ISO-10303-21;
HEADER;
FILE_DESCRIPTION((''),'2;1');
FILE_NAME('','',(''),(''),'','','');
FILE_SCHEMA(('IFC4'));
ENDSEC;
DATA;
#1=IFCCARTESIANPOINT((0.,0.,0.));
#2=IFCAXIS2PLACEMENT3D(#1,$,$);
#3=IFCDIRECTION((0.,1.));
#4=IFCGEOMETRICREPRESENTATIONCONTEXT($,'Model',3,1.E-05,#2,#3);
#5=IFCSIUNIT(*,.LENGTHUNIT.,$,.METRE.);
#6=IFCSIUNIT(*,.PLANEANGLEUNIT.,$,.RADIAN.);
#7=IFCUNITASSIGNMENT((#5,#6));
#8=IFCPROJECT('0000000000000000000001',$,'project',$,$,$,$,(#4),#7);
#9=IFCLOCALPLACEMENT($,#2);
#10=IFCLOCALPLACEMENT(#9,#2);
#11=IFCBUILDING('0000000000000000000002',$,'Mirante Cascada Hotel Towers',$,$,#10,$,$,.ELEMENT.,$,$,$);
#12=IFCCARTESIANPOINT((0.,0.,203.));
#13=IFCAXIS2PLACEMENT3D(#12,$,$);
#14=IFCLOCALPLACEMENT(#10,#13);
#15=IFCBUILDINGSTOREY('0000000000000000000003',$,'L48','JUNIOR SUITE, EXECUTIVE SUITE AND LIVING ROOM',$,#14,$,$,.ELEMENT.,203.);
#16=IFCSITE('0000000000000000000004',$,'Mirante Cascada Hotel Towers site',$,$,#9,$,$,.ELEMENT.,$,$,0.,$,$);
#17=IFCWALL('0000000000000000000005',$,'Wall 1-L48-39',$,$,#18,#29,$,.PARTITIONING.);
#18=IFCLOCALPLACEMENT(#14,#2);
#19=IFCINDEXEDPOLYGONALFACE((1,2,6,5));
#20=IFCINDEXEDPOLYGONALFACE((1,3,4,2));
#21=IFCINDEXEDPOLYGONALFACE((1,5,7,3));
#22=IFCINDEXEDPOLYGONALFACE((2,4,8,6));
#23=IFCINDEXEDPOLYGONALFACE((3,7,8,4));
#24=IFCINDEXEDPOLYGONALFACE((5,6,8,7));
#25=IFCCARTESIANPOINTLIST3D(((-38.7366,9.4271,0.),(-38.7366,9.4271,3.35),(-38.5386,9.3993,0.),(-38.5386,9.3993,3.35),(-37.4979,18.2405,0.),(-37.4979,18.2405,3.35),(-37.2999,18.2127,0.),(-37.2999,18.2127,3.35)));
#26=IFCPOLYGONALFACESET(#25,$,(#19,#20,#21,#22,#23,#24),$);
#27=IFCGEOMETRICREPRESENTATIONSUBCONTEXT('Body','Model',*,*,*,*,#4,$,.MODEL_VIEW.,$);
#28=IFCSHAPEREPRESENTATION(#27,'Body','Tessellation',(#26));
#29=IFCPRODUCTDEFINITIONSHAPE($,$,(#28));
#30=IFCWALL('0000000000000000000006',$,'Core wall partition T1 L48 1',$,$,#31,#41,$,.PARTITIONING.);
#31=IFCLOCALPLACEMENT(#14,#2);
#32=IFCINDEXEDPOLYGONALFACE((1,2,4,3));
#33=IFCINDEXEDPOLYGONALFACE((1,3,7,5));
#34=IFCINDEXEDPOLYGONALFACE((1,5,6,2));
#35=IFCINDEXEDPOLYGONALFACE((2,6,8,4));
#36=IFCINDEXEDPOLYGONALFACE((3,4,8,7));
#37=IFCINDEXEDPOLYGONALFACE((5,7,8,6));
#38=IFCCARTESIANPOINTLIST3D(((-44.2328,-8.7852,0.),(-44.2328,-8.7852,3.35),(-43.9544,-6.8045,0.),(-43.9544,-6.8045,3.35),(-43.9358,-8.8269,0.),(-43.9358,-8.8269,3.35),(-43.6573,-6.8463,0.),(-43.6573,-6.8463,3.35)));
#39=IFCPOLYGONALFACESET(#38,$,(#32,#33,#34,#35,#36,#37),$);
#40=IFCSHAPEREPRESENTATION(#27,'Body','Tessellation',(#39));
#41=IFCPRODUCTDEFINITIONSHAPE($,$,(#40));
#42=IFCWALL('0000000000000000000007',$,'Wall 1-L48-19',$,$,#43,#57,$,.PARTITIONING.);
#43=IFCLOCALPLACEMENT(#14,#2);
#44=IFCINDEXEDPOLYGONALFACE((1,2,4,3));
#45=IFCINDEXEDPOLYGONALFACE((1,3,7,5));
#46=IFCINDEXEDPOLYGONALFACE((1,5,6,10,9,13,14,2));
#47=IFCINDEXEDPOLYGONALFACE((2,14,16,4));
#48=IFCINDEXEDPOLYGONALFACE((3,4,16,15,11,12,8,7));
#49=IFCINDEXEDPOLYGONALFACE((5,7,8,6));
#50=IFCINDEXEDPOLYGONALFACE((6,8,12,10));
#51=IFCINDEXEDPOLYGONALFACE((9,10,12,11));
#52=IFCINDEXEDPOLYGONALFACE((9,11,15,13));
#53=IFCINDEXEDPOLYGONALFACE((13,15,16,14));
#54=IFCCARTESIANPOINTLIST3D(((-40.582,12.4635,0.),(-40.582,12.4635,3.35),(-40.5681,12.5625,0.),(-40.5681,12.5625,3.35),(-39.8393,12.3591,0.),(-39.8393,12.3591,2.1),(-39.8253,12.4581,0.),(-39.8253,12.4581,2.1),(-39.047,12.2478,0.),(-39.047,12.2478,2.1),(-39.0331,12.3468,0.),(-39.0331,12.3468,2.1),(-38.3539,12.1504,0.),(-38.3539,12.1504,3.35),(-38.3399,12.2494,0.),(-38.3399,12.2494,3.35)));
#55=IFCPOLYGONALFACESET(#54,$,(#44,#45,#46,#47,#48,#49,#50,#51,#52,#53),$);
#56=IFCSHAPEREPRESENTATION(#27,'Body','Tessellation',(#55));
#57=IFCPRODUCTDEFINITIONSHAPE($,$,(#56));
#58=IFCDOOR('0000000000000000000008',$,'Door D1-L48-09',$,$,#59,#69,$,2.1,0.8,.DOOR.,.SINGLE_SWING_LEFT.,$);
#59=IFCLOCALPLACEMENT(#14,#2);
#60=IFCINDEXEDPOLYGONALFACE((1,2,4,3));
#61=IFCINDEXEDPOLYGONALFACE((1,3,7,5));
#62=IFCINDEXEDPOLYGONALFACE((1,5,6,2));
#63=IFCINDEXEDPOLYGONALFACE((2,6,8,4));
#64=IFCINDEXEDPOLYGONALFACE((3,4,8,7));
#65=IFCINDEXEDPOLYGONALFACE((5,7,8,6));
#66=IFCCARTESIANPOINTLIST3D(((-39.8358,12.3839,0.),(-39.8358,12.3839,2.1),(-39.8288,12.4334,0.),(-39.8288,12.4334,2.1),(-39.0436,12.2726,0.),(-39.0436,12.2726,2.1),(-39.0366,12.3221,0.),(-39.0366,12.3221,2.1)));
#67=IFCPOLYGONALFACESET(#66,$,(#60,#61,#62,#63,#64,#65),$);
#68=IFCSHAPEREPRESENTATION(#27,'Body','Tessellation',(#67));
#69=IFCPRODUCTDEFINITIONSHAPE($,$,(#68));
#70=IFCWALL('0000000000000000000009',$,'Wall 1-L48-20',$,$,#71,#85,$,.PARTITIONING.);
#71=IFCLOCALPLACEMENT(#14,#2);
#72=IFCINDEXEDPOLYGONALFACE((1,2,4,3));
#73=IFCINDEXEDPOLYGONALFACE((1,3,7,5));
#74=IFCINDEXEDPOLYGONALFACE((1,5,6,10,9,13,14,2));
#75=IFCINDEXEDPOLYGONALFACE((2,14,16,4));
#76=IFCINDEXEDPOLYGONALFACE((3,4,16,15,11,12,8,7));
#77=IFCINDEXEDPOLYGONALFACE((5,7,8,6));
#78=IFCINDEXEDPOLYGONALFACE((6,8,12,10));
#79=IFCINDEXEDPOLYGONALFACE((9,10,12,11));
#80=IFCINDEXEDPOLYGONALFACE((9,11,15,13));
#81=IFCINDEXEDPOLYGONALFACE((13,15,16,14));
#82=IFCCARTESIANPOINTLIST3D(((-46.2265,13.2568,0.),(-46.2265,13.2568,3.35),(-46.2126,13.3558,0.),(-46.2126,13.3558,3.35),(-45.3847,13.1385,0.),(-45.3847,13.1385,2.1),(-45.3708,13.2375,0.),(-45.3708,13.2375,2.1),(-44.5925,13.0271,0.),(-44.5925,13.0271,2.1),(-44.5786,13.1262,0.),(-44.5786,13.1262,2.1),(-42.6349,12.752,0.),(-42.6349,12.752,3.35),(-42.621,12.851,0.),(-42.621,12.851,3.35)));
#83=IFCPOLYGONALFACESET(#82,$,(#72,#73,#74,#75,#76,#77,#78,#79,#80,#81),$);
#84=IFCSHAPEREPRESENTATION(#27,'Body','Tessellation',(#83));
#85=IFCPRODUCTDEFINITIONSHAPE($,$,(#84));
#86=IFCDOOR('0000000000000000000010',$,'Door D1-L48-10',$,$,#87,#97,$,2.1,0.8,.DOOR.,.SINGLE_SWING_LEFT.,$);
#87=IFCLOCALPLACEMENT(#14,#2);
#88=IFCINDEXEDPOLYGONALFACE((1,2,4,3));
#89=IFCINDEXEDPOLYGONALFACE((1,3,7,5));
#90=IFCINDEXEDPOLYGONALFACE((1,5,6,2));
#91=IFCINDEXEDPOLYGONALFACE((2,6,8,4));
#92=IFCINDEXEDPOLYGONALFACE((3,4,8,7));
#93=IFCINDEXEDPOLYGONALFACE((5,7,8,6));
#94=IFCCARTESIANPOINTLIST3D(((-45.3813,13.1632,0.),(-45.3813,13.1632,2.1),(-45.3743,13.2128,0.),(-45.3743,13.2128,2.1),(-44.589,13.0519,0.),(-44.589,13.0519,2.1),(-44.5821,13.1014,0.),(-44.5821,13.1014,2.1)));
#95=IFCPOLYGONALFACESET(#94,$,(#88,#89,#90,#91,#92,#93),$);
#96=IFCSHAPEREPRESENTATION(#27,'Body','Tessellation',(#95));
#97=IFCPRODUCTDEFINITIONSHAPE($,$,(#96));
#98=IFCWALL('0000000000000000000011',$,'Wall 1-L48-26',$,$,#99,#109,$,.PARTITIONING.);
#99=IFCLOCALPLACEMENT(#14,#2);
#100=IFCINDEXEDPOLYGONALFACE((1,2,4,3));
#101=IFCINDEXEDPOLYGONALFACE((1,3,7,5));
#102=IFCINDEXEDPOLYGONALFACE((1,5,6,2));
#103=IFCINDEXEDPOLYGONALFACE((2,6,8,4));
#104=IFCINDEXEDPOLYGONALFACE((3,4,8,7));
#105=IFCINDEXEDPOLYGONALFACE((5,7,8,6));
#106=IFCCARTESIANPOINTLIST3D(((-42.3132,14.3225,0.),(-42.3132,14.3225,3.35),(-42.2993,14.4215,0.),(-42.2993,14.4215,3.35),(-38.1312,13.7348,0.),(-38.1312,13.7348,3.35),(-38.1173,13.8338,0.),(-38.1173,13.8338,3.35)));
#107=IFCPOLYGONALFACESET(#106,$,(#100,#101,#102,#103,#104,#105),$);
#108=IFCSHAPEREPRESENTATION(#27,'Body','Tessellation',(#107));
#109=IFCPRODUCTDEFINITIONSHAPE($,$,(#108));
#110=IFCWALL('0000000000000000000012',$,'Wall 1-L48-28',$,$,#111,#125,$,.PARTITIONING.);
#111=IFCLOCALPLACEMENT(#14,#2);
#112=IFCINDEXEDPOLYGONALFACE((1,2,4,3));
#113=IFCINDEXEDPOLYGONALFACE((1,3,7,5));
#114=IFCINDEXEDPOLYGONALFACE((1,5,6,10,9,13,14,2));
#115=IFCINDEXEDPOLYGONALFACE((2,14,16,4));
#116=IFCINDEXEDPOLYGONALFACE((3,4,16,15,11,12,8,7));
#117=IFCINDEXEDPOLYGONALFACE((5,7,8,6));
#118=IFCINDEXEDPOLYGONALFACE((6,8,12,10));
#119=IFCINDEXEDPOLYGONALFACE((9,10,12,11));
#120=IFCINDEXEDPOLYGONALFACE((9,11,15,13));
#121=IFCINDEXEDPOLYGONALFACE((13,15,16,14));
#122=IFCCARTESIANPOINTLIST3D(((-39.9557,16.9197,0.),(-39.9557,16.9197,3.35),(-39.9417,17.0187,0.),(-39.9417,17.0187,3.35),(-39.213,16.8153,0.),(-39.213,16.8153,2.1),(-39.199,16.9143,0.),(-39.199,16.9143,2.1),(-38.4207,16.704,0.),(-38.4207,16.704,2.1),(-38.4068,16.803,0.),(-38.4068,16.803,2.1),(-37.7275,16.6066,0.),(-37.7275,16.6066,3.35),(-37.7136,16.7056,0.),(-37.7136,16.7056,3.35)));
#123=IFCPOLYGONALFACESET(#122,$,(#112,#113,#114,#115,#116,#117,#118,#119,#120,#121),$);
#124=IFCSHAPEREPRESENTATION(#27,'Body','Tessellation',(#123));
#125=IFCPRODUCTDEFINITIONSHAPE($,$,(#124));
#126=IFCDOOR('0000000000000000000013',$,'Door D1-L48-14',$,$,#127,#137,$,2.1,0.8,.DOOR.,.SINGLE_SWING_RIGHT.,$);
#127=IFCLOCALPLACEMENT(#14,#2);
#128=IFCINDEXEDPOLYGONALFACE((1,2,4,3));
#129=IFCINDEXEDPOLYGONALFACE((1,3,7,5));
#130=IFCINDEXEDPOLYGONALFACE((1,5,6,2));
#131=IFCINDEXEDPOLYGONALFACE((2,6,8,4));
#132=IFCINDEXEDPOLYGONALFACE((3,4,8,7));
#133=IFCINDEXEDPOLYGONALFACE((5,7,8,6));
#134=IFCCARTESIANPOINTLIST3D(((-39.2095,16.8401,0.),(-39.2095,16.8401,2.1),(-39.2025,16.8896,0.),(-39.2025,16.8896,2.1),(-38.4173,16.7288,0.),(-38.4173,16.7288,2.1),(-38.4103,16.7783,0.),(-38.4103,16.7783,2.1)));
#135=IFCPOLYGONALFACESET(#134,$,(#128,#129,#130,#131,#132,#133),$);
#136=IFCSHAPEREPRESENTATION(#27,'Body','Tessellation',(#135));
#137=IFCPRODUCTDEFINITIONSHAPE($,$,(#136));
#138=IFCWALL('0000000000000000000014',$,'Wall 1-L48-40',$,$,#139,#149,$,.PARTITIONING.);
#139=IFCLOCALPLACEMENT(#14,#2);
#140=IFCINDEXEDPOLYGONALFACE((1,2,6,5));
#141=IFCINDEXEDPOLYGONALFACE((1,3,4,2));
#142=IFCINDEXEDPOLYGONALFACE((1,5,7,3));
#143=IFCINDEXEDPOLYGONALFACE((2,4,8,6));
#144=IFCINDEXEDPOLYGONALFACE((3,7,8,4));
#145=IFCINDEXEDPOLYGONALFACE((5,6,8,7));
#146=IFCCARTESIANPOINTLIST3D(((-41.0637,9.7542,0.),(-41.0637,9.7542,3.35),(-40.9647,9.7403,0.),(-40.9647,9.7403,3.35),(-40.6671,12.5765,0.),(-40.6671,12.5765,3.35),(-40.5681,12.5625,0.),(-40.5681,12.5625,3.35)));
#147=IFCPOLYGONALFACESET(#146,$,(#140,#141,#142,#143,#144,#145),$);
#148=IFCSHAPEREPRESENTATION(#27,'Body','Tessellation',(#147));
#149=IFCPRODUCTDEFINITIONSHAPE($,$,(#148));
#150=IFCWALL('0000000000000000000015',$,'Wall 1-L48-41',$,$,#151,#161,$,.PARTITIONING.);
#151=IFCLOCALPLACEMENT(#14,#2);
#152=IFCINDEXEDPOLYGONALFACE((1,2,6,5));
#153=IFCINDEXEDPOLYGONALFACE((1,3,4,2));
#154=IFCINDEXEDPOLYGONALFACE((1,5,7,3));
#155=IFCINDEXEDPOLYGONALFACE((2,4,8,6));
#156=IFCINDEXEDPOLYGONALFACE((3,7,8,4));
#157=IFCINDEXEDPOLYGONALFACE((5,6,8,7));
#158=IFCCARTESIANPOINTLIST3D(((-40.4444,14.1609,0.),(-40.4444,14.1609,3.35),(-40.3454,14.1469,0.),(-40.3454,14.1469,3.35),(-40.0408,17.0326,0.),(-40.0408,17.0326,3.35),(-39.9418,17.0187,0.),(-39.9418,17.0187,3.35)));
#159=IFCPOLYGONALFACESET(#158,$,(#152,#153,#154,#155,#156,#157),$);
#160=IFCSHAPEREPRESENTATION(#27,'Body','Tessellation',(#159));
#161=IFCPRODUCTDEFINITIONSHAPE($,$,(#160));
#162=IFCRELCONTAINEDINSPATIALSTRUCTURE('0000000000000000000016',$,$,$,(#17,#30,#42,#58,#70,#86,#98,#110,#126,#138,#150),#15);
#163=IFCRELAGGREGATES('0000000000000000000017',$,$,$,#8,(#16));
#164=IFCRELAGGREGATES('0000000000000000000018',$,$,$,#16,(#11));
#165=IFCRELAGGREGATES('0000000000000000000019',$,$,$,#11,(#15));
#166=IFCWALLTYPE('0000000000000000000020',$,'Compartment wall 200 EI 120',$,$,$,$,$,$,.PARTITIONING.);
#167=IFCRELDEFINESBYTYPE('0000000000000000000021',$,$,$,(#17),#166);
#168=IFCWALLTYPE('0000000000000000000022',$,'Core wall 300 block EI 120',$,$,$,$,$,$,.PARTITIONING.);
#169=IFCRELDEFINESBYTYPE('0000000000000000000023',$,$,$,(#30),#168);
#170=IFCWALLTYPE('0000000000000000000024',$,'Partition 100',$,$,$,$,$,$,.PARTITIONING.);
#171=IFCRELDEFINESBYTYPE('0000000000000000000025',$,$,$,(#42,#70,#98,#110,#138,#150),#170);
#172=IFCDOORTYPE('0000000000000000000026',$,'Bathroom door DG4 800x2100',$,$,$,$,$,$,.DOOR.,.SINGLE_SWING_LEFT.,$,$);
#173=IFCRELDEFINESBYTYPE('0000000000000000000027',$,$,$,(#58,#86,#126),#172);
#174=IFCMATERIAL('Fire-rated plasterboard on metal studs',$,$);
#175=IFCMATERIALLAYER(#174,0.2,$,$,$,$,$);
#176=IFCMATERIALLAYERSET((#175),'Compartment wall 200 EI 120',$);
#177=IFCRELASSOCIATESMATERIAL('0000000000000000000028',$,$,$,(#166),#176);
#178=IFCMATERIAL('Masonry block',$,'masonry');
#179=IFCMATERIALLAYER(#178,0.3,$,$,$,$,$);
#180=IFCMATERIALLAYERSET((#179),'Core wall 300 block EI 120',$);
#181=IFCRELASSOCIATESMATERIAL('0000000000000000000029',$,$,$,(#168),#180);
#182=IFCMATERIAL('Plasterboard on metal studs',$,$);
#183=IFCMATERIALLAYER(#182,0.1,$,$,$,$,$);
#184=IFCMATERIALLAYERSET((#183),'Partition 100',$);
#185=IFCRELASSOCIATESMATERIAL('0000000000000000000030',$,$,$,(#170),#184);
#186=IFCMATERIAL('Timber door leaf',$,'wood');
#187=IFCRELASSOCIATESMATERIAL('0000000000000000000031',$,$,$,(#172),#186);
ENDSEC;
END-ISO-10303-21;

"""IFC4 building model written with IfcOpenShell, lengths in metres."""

from ifc_helpers import new_model, si_unit, direction, frame, frame_2d, origin, place, context, subcontext, project, spatial, rectangle, extrude, material, layer, layer_set, type_object, element, fill, save


model = new_model("IFC4")

# Units and contexts
model_context = context("Model", 3, precision=1e-05, world=origin(), true_north=direction((0.0, 1.0)))
body_context = subcontext(model_context, "Body", "Model", "MODEL_VIEW")
ifc_project = project(units=[si_unit("LENGTHUNIT", "METRE"), si_unit("PLANEANGLEUNIT", "RADIAN")], contexts=[model_context])

# Site, building, storey
site_placement = place(None, origin())
site = spatial("IfcSite", under=ifc_project, at=site_placement, Name="Mirante Cascada Hotel Towers site", CompositionType="ELEMENT", RefElevation=0.0)
building_placement = place(site_placement, origin())
building = spatial("IfcBuilding", under=site, at=building_placement, Name="Mirante Cascada Hotel Towers", CompositionType="ELEMENT")
storey_placement = place(building_placement, frame((0.0, 0.0, 203.0)))
storey = spatial("IfcBuildingStorey", under=building, at=storey_placement, Name="L48", Description="JUNIOR SUITE, EXECUTIVE SUITE AND LIVING ROOM", CompositionType="ELEMENT", Elevation=203.0)

# Walls
ifc_material_1 = material(Name="Fire-rated plasterboard on metal studs")
ifc_layer_1 = layer(ifc_material_1, 0.2)
ifc_layer_set_1 = layer_set([ifc_layer_1], Name="Compartment wall 200 EI 120")
wall_type_1 = type_object("IfcWallType", Name="Compartment wall 200 EI 120", PredefinedType="PARTITIONING", material=ifc_layer_set_1)
wall_1_placement = place(storey_placement, frame((-38.6376, 9.4132, 0.0), z_axis=(0.0, 0.0, 1.0), x_axis=(0.139179, 0.990267, 0.0)))
element("IfcWall", 1, at=wall_1_placement, inside=storey, type_object=wall_type_1, Name="Wall 1-L48-39", PredefinedType="PARTITIONING", context=body_context, shape_type="SweptSolid", body=[
    extrude(rectangle(XDim=8.9, YDim=0.2, at=frame_2d((4.45, 0.0))), origin(), (0.0, 0.0, 1.0), 3.35),
])
ifc_material_2 = material(Name="Masonry block", Category="masonry")
ifc_layer_2 = layer(ifc_material_2, 0.3)
ifc_layer_set_2 = layer_set([ifc_layer_2], Name="Core wall 300 block EI 120")
wall_type_2 = type_object("IfcWallType", Name="Core wall 300 block EI 120", PredefinedType="PARTITIONING", material=ifc_layer_set_2)
wall_2_placement = place(storey_placement, frame((-44.0843, -8.8061, 0.0), z_axis=(0.0, 0.0, 1.0), x_axis=(0.139195, 0.990265, 0.0)))
element("IfcWall", 2, at=wall_2_placement, inside=storey, type_object=wall_type_2, Name="Core wall partition T1 L48 1", PredefinedType="PARTITIONING", context=body_context, shape_type="SweptSolid", body=[
    extrude(rectangle(XDim=2.0001, YDim=0.3, at=frame_2d((1.0001, 0.0))), origin(), (0.0, 0.0, 1.0), 3.35),
])

# Walls, openings, doors
ifc_material_3 = material(Name="Plasterboard on metal studs")
ifc_layer_3 = layer(ifc_material_3, 0.1)
ifc_layer_set_3 = layer_set([ifc_layer_3], Name="Partition 100")
wall_type_3 = type_object("IfcWallType", Name="Partition 100", PredefinedType="PARTITIONING", material=ifc_layer_set_3)
wall_3_placement = place(storey_placement, frame((-38.3469, 12.1999, 0.0), z_axis=(0.0, 0.0, 1.0), x_axis=(-0.990271, 0.139156, 0.0)))
wall_3 = element("IfcWall", 3, at=wall_3_placement, inside=storey, type_object=wall_type_3, Name="Wall 1-L48-19", PredefinedType="PARTITIONING", context=body_context, shape_type="SweptSolid", body=[
    extrude(rectangle(XDim=2.25, YDim=0.1, at=frame_2d((1.125, 0.0))), origin(), (0.0, 0.0, 1.0), 3.35),
])
opening_1_placement = place(wall_3_placement, frame((0.7, 0.0, 0.0)))
opening_1 = element("IfcOpeningElement", 4, at=opening_1_placement, cuts=wall_3, PredefinedType="OPENING", context=body_context, shape_type="SweptSolid", body=[
    extrude(rectangle(XDim=0.8, YDim=2.1, at=frame_2d((0.4, 1.05))), frame((0.0, 0.05, 0.0), z_axis=(0.0, -1.0, 0.0), x_axis=(1.0, 0.0, 0.0)), (0.0, 0.0, 1.0), 0.1),
])
ifc_material_4 = material(Name="Timber door leaf", Category="wood")
door_type_1 = type_object("IfcDoorType", Name="Bathroom door DG4 800x2100", OperationType="SINGLE_SWING_LEFT", PredefinedType="DOOR", material=ifc_material_4)
door_1_placement = place(opening_1_placement, origin())
door_1 = element("IfcDoor", 5, at=door_1_placement, inside=storey, type_object=door_type_1, Name="Door D1-L48-09", OperationType="SINGLE_SWING_LEFT", OverallHeight=2.1, OverallWidth=0.8, PredefinedType="DOOR", context=body_context, shape_type="SweptSolid", body=[
    extrude(rectangle(XDim=0.8, YDim=2.1, at=frame_2d((0.4, 1.05))), frame((0.0, 0.025, 0.0), z_axis=(0.0, -1.0, 0.0), x_axis=(1.0, 0.0, 0.0)), (0.0, 0.0, 1.0), 0.05),
])
fill(opening_1, door_1)
wall_4_placement = place(storey_placement, frame((-46.2195, 13.3063, 0.0), z_axis=(0.0, 0.0, 1.0), x_axis=(0.990267, -0.139182, 0.0)))
wall_4 = element("IfcWall", 6, at=wall_4_placement, inside=storey, type_object=wall_type_3, Name="Wall 1-L48-20", PredefinedType="PARTITIONING", context=body_context, shape_type="SweptSolid", body=[
    extrude(rectangle(XDim=3.6269, YDim=0.1, at=frame_2d((1.8134, 0.0))), origin(), (0.0, 0.0, 1.0), 3.35),
])
opening_2_placement = place(wall_4_placement, frame((0.85, 0.0, 0.0)))
opening_2 = element("IfcOpeningElement", 7, at=opening_2_placement, cuts=wall_4, PredefinedType="OPENING", context=body_context, shape_type="SweptSolid", body=[
    extrude(rectangle(XDim=0.8, YDim=2.1, at=frame_2d((0.4, 1.05))), frame((0.0, 0.05, 0.0), z_axis=(0.0, -1.0, 0.0), x_axis=(1.0, 0.0, 0.0)), (0.0, 0.0, 1.0), 0.1),
])
door_2_placement = place(opening_2_placement, origin())
door_2 = element("IfcDoor", 8, at=door_2_placement, inside=storey, type_object=door_type_1, Name="Door D1-L48-10", OperationType="SINGLE_SWING_LEFT", OverallHeight=2.1, OverallWidth=0.8, PredefinedType="DOOR", context=body_context, shape_type="SweptSolid", body=[
    extrude(rectangle(XDim=0.8, YDim=2.1, at=frame_2d((0.4, 1.05))), frame((0.0, 0.025, 0.0), z_axis=(0.0, -1.0, 0.0), x_axis=(1.0, 0.0, 0.0)), (0.0, 0.0, 1.0), 0.05),
])
fill(opening_2, door_2)

# Wall
wall_5_placement = place(storey_placement, frame((-42.3062, 14.372, 0.0), z_axis=(0.0, 0.0, 1.0), x_axis=(0.990269, -0.139163, 0.0)))
element("IfcWall", 9, at=wall_5_placement, inside=storey, type_object=wall_type_3, Name="Wall 1-L48-26", PredefinedType="PARTITIONING", context=body_context, shape_type="SweptSolid", body=[
    extrude(rectangle(XDim=4.2231, YDim=0.1, at=frame_2d((2.1115, 0.0))), origin(), (0.0, 0.0, 1.0), 3.35),
])

# Wall, opening, door
wall_6_placement = place(storey_placement, frame((-39.9487, 16.9692, 0.0), z_axis=(0.0, 0.0, 1.0), x_axis=(0.990271, -0.139156, 0.0)))
wall_6 = element("IfcWall", 10, at=wall_6_placement, inside=storey, type_object=wall_type_3, Name="Wall 1-L48-28", PredefinedType="PARTITIONING", context=body_context, shape_type="SweptSolid", body=[
    extrude(rectangle(XDim=2.25, YDim=0.1, at=frame_2d((1.125, 0.0))), origin(), (0.0, 0.0, 1.0), 3.35),
])
opening_3_placement = place(wall_6_placement, frame((0.75, 0.0, 0.0)))
opening_3 = element("IfcOpeningElement", 11, at=opening_3_placement, cuts=wall_6, PredefinedType="OPENING", context=body_context, shape_type="SweptSolid", body=[
    extrude(rectangle(XDim=0.8, YDim=2.1, at=frame_2d((0.4, 1.05))), frame((0.0, 0.05, 0.0), z_axis=(0.0, -1.0, 0.0), x_axis=(1.0, 0.0, 0.0)), (0.0, 0.0, 1.0), 0.1),
])
door_3_placement = place(opening_3_placement, frame((0.8, 0.0, 0.0), z_axis=(0.0, 0.0, 1.0), x_axis=(-1.0, 0.0, 0.0)))
door_3 = element("IfcDoor", 12, at=door_3_placement, inside=storey, type_object=door_type_1, Name="Door D1-L48-14", OperationType="SINGLE_SWING_RIGHT", OverallHeight=2.1, OverallWidth=0.8, PredefinedType="DOOR", context=body_context, shape_type="SweptSolid", body=[
    extrude(rectangle(XDim=0.8, YDim=2.1, at=frame_2d((0.4, 1.05))), frame((0.0, 0.025, 0.0), z_axis=(0.0, -1.0, 0.0), x_axis=(1.0, 0.0, 0.0)), (0.0, 0.0, 1.0), 0.05),
])
fill(opening_3, door_3)

# Walls
wall_7_placement = place(storey_placement, frame((-40.6176, 12.5695, 0.0), z_axis=(0.0, 0.0, 1.0), x_axis=(-0.139156, -0.99027, 0.0)))
element("IfcWall", 13, at=wall_7_placement, inside=storey, type_object=wall_type_3, Name="Wall 1-L48-40", PredefinedType="PARTITIONING", context=body_context, shape_type="SweptSolid", body=[
    extrude(rectangle(XDim=2.85, YDim=0.1, at=frame_2d((1.425, 0.0))), origin(), (0.0, 0.0, 1.0), 3.35),
])
wall_8_placement = place(storey_placement, frame((-40.3949, 14.1539, 0.0), z_axis=(0.0, 0.0, 1.0), x_axis=(0.139171, 0.990268, 0.0)))
element("IfcWall", 14, at=wall_8_placement, inside=storey, type_object=wall_type_3, Name="Wall 1-L48-41", PredefinedType="PARTITIONING", context=body_context, shape_type="SweptSolid", body=[
    extrude(rectangle(XDim=2.9, YDim=0.1, at=frame_2d((1.45, 0.0))), origin(), (0.0, 0.0, 1.0), 3.35),
])

save(model, "model.ifc")
